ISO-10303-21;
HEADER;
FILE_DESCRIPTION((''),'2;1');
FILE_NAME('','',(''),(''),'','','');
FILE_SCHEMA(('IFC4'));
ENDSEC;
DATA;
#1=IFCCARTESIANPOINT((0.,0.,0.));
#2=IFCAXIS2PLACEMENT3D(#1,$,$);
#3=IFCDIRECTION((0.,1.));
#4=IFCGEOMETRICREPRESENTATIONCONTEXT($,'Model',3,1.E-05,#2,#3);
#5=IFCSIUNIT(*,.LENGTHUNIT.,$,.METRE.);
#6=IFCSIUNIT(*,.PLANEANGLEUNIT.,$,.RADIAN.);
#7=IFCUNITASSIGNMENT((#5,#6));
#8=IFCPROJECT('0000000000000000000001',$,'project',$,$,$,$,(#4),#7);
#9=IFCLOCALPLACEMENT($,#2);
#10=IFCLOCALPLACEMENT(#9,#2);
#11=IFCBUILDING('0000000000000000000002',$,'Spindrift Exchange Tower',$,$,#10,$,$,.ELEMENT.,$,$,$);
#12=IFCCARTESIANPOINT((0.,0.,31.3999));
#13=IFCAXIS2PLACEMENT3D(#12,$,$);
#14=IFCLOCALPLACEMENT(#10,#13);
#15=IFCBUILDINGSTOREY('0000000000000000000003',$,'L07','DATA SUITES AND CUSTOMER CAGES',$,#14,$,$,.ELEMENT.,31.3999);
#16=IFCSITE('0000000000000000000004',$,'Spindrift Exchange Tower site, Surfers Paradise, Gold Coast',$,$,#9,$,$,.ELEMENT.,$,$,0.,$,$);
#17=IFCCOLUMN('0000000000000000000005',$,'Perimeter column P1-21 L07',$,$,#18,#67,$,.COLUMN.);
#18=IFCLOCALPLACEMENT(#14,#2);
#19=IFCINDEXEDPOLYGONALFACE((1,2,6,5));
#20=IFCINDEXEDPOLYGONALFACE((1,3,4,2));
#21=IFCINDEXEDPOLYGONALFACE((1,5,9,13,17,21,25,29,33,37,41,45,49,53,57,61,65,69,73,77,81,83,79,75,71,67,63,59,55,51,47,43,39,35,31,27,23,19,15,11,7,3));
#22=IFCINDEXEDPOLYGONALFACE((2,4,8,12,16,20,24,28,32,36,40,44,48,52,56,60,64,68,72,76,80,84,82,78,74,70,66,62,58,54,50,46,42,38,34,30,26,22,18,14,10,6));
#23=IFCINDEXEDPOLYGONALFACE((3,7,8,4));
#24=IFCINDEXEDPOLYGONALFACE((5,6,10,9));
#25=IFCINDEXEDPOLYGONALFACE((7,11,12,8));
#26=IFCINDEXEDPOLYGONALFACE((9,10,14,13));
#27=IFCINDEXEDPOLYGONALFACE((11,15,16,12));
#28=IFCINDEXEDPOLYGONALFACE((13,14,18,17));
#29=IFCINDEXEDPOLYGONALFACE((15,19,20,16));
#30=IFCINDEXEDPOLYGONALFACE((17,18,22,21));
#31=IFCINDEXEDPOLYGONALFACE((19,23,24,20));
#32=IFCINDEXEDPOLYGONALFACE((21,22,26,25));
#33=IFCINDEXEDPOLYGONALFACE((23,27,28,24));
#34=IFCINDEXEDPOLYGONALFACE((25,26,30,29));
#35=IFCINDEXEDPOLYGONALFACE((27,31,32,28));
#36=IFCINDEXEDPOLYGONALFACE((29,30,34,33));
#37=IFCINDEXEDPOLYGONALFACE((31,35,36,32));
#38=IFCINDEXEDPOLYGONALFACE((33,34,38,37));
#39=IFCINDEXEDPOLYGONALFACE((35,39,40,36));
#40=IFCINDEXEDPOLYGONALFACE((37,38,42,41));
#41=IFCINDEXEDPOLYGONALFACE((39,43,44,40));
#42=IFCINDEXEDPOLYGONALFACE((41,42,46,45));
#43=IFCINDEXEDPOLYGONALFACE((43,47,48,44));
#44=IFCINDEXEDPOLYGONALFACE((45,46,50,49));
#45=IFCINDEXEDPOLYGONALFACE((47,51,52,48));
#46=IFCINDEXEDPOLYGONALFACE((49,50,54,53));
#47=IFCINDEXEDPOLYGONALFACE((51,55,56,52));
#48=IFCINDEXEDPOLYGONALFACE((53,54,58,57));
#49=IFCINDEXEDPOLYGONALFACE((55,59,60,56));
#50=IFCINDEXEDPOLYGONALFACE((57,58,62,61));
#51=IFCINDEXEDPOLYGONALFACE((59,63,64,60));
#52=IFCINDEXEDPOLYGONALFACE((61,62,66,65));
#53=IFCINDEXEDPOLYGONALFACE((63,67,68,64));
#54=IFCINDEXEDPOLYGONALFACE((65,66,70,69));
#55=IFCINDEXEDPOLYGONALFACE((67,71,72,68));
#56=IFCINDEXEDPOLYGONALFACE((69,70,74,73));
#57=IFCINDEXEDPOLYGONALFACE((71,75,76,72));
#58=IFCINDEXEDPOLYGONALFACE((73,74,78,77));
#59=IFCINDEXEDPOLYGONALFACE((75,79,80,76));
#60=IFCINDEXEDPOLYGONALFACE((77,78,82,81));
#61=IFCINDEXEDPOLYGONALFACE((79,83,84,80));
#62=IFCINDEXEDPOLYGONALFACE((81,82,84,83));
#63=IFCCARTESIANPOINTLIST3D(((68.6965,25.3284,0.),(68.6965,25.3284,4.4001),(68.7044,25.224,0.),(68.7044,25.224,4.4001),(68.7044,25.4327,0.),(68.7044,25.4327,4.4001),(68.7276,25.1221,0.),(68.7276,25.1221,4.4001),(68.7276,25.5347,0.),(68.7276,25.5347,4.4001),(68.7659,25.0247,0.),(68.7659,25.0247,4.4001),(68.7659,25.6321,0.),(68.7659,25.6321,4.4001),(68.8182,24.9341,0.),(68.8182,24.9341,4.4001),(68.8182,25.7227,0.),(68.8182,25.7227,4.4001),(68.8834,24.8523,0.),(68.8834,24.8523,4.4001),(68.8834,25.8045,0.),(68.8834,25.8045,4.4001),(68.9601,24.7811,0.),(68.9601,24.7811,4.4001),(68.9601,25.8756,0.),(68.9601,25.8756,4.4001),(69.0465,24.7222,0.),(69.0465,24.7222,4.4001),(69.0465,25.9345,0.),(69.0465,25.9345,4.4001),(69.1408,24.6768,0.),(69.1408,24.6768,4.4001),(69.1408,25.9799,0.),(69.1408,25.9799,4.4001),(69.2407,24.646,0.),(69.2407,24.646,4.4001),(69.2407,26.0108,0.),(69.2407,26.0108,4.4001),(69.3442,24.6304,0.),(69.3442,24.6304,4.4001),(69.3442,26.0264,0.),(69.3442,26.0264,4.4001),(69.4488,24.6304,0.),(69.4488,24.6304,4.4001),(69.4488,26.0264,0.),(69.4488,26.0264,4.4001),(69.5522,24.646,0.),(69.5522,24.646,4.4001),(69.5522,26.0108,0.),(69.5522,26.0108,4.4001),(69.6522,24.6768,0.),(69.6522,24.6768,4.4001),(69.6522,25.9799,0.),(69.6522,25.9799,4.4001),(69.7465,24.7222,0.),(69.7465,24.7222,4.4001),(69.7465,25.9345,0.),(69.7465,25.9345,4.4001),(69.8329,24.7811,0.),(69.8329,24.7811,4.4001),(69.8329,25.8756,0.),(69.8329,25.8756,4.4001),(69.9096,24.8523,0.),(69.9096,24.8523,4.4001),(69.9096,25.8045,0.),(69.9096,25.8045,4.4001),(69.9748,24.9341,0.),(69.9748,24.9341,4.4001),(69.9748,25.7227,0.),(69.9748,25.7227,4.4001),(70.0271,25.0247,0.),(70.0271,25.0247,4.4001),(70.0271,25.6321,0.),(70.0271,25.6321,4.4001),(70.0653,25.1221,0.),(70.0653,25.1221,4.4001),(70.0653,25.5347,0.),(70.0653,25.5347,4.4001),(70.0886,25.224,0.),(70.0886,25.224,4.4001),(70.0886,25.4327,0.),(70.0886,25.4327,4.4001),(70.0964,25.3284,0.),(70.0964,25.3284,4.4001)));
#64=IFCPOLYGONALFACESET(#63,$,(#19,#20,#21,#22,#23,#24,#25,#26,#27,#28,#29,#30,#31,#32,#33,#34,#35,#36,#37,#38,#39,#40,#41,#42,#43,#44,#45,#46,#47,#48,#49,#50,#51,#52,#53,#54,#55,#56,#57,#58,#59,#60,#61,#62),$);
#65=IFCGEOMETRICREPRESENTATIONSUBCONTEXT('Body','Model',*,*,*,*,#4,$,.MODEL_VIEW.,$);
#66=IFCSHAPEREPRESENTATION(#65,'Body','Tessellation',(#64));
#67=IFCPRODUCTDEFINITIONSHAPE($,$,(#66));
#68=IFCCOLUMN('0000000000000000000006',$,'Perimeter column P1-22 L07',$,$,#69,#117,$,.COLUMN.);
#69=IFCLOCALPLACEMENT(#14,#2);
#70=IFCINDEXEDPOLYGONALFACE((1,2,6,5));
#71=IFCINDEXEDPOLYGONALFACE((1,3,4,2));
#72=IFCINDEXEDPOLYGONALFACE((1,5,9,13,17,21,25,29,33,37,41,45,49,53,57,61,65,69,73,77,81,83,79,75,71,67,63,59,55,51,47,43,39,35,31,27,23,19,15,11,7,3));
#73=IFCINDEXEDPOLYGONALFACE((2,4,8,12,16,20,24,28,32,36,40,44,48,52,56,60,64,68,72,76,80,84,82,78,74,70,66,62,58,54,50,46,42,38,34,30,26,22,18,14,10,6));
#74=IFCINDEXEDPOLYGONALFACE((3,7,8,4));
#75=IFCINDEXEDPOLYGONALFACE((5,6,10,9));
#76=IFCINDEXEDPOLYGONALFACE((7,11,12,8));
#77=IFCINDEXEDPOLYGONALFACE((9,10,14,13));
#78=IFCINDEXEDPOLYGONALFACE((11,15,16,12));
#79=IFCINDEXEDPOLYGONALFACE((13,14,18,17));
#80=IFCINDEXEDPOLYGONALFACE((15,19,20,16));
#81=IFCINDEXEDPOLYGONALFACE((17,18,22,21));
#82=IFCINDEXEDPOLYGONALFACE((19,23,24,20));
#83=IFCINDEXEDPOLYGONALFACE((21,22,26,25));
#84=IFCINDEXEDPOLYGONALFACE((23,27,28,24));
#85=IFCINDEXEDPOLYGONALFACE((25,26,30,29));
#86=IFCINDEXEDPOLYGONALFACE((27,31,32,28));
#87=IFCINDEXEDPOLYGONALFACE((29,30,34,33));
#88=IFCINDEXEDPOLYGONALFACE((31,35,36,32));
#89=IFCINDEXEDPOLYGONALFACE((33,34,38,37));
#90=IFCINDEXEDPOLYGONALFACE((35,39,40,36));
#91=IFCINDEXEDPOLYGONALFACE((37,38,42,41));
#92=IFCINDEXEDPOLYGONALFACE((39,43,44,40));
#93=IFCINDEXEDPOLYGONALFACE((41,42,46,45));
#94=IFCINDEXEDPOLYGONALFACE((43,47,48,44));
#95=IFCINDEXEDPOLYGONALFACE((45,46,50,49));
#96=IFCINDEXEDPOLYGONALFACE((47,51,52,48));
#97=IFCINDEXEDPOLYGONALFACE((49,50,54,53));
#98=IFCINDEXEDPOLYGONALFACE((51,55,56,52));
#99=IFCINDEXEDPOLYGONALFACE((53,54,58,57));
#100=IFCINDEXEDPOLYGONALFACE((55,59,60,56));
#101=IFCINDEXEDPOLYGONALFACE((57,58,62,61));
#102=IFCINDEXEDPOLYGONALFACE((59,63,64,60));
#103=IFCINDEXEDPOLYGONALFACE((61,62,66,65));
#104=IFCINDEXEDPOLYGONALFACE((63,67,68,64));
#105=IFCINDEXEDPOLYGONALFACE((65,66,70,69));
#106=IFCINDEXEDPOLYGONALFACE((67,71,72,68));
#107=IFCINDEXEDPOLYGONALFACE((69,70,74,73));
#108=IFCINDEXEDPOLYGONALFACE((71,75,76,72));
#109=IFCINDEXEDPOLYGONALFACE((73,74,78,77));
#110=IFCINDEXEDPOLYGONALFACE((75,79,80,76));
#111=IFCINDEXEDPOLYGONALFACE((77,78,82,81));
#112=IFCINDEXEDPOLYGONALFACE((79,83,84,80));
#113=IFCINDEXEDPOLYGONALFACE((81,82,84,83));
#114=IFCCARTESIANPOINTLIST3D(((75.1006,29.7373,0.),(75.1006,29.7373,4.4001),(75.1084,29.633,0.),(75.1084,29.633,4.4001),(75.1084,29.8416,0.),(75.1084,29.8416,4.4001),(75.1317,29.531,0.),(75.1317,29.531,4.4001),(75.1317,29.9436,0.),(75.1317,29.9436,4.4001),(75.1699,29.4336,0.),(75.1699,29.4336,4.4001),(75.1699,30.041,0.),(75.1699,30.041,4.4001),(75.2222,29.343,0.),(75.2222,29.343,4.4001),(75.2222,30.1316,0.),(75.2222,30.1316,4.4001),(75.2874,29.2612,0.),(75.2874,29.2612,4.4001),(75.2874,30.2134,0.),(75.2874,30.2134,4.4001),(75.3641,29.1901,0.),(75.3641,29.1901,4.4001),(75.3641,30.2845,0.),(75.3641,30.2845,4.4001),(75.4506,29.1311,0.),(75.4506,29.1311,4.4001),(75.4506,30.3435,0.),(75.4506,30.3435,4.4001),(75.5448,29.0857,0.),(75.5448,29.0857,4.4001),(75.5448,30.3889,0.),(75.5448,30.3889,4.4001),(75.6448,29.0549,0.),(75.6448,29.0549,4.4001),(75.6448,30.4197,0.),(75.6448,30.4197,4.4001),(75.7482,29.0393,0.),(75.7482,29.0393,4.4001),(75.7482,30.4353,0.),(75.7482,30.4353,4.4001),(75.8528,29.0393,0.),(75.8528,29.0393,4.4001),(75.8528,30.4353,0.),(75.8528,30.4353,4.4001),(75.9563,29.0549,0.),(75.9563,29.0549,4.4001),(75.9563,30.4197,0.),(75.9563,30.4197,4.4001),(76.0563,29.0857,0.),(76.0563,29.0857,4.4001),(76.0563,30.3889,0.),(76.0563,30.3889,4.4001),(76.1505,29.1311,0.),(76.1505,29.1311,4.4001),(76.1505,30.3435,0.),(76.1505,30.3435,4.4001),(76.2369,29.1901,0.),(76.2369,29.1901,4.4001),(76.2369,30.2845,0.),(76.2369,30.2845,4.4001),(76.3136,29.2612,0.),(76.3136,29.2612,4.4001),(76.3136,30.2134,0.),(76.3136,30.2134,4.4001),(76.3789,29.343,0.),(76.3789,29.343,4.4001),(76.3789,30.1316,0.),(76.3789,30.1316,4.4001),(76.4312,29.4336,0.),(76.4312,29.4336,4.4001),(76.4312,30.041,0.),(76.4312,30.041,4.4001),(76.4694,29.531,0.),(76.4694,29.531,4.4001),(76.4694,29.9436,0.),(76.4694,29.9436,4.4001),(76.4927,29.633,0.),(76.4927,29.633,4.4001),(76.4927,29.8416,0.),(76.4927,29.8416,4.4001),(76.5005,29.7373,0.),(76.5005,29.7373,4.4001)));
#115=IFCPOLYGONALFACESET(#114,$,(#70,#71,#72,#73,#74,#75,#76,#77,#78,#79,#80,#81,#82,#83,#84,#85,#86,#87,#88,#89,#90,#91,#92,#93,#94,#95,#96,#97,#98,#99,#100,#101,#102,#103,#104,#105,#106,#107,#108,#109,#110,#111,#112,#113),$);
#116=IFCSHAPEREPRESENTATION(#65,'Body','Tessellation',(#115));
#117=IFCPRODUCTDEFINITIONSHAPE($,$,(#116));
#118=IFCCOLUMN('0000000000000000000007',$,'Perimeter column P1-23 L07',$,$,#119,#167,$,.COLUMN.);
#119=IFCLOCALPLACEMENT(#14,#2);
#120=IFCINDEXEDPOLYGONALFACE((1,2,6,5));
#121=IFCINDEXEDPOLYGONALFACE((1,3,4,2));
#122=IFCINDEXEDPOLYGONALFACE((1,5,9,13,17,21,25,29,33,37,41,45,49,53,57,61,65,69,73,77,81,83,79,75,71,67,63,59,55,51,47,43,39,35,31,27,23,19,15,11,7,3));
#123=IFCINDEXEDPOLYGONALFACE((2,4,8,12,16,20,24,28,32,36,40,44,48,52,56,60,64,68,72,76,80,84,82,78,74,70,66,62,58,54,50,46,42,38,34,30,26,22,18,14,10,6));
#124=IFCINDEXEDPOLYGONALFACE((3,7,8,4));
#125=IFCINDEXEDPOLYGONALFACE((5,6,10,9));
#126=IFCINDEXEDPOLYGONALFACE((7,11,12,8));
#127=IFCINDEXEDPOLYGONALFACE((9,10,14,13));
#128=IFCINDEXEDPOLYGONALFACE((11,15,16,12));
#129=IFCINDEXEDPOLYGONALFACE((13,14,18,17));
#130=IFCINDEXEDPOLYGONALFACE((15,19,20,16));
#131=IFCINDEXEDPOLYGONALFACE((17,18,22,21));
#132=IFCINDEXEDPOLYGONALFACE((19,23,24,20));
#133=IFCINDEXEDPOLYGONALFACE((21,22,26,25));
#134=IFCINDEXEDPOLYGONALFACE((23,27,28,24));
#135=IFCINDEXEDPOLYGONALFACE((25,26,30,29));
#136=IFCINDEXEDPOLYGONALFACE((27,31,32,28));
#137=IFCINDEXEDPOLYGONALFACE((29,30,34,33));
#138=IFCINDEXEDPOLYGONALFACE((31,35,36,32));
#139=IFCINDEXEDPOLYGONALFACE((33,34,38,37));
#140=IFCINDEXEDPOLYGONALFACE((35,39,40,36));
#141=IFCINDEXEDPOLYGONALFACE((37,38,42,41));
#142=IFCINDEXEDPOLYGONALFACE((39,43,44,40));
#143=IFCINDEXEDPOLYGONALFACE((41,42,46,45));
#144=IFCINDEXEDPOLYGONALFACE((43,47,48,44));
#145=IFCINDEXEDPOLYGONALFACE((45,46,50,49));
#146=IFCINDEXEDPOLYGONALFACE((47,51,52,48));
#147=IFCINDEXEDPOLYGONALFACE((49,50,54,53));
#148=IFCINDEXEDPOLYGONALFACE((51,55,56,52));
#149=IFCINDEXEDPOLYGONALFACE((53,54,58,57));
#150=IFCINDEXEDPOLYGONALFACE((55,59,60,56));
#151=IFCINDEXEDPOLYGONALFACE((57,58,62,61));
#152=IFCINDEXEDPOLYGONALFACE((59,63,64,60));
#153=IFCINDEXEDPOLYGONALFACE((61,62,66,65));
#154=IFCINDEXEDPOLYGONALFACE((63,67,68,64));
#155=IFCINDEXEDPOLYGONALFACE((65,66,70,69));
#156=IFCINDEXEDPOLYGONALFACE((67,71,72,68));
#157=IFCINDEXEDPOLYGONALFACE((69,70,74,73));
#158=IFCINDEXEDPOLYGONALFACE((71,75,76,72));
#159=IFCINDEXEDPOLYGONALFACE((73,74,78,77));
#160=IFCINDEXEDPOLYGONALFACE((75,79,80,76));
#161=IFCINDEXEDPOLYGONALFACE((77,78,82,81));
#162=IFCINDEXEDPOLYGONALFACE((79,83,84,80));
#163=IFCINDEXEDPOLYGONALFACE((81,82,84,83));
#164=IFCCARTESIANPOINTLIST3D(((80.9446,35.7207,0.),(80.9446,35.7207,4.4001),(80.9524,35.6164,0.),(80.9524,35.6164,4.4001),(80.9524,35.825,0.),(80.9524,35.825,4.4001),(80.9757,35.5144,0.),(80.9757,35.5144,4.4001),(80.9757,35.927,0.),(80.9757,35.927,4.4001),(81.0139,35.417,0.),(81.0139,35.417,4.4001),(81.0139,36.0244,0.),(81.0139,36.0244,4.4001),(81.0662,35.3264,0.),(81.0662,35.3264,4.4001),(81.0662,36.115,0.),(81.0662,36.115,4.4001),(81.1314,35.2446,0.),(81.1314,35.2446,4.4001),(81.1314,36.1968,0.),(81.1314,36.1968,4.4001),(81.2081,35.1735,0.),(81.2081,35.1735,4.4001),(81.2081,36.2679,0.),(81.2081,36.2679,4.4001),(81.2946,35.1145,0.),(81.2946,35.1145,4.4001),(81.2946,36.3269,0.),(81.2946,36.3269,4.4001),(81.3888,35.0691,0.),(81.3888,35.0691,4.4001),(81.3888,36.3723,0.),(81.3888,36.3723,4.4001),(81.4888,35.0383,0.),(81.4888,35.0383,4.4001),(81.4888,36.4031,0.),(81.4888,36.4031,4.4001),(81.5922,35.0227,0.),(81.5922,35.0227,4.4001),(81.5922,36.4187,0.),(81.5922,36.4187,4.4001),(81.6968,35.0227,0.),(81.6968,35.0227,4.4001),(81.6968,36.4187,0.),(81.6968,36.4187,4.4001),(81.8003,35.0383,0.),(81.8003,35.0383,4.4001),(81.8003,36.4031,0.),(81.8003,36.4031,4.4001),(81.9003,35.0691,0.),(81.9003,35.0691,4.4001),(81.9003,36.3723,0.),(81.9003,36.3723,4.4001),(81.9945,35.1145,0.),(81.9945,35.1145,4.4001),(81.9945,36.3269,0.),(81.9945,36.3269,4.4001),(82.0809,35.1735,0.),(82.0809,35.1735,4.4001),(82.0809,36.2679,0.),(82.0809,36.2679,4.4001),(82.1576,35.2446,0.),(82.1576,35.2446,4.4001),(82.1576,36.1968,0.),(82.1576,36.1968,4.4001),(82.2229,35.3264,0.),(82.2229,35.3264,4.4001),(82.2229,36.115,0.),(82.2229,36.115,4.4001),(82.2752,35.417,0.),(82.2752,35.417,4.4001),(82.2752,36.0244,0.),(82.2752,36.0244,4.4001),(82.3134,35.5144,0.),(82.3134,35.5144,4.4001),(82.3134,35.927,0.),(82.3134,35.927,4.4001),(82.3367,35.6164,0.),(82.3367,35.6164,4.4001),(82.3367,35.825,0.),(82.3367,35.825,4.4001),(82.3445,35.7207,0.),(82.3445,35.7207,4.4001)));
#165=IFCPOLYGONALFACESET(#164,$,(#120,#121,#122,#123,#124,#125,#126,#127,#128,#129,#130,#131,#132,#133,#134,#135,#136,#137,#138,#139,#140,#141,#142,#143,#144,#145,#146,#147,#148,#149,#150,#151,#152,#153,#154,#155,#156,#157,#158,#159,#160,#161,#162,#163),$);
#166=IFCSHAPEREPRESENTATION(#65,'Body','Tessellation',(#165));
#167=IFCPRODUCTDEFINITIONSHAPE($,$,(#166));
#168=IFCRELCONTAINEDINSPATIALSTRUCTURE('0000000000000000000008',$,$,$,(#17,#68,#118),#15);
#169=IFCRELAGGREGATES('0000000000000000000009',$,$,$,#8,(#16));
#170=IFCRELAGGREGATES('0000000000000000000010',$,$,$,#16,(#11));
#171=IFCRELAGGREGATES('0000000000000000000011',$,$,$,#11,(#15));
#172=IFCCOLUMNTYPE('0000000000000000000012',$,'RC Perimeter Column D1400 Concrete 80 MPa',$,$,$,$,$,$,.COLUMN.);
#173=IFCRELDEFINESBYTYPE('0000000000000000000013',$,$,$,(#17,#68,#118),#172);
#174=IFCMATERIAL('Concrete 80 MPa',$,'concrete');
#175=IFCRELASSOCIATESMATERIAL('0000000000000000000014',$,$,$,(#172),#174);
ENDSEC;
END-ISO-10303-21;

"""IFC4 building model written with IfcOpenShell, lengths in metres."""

from ifc_helpers import new_model, si_unit, direction, frame, origin, origin_2d, place, context, subcontext, project, spatial, circle, extrude, source, transform, mapped, material, material_profile, profile_set, type_object, element, save


model = new_model("IFC4")

# Units and contexts
model_context = context("Model", 3, precision=1e-05, world=origin(), true_north=direction((0.0, 1.0)))
body_context = subcontext(model_context, "Body", "Model", "MODEL_VIEW")
ifc_project = project(units=[si_unit("LENGTHUNIT", "METRE"), si_unit("PLANEANGLEUNIT", "RADIAN")], contexts=[model_context])

# Site, building, storey
site_placement = place(None, origin())
site = spatial("IfcSite", under=ifc_project, at=site_placement, Name="Spindrift Exchange Tower site, Surfers Paradise, Gold Coast", CompositionType="ELEMENT", RefElevation=0.0)
building_placement = place(site_placement, origin())
building = spatial("IfcBuilding", under=site, at=building_placement, Name="Spindrift Exchange Tower", CompositionType="ELEMENT")
storey_placement = place(building_placement, frame((0.0, 0.0, 31.3999)))
storey = spatial("IfcBuildingStorey", under=building, at=storey_placement, Name="L07", Description="DATA SUITES AND CUSTOMER CAGES", CompositionType="ELEMENT", Elevation=31.3999)

# Columns
ifc_material_1 = material(Name="Concrete 80 MPa", Category="concrete")
ifc_material_profile_1 = material_profile(ifc_material_1, circle(Radius=0.7, at=origin_2d()), Name="RC D1400")
ifc_profile_set_1 = profile_set([ifc_material_profile_1], Name="Concrete 80 MPa")
column_type = type_object("IfcColumnType", Name="RC Perimeter Column D1400 Concrete 80 MPa", PredefinedType="COLUMN", material=ifc_profile_set_1)
shared_shape_1 = source(origin(), body_context, "Body", "SweptSolid", [
    extrude(circle(Radius=0.7, at=origin_2d()), origin(), (0.0, 0.0, 1.0), 4.4001),
])
for number, where, z_axis, x_axis, name in (
    (1, (69.3965, 25.3284, 0.0), (0.0, 0.0, 1.0), (1.0, 0.0, 0.0), "Perimeter column P1-21 L07"),
    (2, (75.8005, 29.7373, 0.0), (0.0, 0.0, 1.0), (1.0, 0.0, 0.0), "Perimeter column P1-22 L07"),
    (3, (81.6445, 35.7207, 0.0), (0.0, 0.0, 1.0), (1.0, 0.0, 0.0), "Perimeter column P1-23 L07"),
):
    element("IfcColumn", number, at=place(storey_placement, frame(where, z_axis=z_axis, x_axis=x_axis)), inside=storey, type_object=column_type, Name=name, PredefinedType="COLUMN", context=body_context, shape_type="MappedRepresentation", body=[
        mapped(shared_shape_1, transform((0.0, 0.0, 0.0), scale=1.0)),
    ])

save(model, "model.ifc")
